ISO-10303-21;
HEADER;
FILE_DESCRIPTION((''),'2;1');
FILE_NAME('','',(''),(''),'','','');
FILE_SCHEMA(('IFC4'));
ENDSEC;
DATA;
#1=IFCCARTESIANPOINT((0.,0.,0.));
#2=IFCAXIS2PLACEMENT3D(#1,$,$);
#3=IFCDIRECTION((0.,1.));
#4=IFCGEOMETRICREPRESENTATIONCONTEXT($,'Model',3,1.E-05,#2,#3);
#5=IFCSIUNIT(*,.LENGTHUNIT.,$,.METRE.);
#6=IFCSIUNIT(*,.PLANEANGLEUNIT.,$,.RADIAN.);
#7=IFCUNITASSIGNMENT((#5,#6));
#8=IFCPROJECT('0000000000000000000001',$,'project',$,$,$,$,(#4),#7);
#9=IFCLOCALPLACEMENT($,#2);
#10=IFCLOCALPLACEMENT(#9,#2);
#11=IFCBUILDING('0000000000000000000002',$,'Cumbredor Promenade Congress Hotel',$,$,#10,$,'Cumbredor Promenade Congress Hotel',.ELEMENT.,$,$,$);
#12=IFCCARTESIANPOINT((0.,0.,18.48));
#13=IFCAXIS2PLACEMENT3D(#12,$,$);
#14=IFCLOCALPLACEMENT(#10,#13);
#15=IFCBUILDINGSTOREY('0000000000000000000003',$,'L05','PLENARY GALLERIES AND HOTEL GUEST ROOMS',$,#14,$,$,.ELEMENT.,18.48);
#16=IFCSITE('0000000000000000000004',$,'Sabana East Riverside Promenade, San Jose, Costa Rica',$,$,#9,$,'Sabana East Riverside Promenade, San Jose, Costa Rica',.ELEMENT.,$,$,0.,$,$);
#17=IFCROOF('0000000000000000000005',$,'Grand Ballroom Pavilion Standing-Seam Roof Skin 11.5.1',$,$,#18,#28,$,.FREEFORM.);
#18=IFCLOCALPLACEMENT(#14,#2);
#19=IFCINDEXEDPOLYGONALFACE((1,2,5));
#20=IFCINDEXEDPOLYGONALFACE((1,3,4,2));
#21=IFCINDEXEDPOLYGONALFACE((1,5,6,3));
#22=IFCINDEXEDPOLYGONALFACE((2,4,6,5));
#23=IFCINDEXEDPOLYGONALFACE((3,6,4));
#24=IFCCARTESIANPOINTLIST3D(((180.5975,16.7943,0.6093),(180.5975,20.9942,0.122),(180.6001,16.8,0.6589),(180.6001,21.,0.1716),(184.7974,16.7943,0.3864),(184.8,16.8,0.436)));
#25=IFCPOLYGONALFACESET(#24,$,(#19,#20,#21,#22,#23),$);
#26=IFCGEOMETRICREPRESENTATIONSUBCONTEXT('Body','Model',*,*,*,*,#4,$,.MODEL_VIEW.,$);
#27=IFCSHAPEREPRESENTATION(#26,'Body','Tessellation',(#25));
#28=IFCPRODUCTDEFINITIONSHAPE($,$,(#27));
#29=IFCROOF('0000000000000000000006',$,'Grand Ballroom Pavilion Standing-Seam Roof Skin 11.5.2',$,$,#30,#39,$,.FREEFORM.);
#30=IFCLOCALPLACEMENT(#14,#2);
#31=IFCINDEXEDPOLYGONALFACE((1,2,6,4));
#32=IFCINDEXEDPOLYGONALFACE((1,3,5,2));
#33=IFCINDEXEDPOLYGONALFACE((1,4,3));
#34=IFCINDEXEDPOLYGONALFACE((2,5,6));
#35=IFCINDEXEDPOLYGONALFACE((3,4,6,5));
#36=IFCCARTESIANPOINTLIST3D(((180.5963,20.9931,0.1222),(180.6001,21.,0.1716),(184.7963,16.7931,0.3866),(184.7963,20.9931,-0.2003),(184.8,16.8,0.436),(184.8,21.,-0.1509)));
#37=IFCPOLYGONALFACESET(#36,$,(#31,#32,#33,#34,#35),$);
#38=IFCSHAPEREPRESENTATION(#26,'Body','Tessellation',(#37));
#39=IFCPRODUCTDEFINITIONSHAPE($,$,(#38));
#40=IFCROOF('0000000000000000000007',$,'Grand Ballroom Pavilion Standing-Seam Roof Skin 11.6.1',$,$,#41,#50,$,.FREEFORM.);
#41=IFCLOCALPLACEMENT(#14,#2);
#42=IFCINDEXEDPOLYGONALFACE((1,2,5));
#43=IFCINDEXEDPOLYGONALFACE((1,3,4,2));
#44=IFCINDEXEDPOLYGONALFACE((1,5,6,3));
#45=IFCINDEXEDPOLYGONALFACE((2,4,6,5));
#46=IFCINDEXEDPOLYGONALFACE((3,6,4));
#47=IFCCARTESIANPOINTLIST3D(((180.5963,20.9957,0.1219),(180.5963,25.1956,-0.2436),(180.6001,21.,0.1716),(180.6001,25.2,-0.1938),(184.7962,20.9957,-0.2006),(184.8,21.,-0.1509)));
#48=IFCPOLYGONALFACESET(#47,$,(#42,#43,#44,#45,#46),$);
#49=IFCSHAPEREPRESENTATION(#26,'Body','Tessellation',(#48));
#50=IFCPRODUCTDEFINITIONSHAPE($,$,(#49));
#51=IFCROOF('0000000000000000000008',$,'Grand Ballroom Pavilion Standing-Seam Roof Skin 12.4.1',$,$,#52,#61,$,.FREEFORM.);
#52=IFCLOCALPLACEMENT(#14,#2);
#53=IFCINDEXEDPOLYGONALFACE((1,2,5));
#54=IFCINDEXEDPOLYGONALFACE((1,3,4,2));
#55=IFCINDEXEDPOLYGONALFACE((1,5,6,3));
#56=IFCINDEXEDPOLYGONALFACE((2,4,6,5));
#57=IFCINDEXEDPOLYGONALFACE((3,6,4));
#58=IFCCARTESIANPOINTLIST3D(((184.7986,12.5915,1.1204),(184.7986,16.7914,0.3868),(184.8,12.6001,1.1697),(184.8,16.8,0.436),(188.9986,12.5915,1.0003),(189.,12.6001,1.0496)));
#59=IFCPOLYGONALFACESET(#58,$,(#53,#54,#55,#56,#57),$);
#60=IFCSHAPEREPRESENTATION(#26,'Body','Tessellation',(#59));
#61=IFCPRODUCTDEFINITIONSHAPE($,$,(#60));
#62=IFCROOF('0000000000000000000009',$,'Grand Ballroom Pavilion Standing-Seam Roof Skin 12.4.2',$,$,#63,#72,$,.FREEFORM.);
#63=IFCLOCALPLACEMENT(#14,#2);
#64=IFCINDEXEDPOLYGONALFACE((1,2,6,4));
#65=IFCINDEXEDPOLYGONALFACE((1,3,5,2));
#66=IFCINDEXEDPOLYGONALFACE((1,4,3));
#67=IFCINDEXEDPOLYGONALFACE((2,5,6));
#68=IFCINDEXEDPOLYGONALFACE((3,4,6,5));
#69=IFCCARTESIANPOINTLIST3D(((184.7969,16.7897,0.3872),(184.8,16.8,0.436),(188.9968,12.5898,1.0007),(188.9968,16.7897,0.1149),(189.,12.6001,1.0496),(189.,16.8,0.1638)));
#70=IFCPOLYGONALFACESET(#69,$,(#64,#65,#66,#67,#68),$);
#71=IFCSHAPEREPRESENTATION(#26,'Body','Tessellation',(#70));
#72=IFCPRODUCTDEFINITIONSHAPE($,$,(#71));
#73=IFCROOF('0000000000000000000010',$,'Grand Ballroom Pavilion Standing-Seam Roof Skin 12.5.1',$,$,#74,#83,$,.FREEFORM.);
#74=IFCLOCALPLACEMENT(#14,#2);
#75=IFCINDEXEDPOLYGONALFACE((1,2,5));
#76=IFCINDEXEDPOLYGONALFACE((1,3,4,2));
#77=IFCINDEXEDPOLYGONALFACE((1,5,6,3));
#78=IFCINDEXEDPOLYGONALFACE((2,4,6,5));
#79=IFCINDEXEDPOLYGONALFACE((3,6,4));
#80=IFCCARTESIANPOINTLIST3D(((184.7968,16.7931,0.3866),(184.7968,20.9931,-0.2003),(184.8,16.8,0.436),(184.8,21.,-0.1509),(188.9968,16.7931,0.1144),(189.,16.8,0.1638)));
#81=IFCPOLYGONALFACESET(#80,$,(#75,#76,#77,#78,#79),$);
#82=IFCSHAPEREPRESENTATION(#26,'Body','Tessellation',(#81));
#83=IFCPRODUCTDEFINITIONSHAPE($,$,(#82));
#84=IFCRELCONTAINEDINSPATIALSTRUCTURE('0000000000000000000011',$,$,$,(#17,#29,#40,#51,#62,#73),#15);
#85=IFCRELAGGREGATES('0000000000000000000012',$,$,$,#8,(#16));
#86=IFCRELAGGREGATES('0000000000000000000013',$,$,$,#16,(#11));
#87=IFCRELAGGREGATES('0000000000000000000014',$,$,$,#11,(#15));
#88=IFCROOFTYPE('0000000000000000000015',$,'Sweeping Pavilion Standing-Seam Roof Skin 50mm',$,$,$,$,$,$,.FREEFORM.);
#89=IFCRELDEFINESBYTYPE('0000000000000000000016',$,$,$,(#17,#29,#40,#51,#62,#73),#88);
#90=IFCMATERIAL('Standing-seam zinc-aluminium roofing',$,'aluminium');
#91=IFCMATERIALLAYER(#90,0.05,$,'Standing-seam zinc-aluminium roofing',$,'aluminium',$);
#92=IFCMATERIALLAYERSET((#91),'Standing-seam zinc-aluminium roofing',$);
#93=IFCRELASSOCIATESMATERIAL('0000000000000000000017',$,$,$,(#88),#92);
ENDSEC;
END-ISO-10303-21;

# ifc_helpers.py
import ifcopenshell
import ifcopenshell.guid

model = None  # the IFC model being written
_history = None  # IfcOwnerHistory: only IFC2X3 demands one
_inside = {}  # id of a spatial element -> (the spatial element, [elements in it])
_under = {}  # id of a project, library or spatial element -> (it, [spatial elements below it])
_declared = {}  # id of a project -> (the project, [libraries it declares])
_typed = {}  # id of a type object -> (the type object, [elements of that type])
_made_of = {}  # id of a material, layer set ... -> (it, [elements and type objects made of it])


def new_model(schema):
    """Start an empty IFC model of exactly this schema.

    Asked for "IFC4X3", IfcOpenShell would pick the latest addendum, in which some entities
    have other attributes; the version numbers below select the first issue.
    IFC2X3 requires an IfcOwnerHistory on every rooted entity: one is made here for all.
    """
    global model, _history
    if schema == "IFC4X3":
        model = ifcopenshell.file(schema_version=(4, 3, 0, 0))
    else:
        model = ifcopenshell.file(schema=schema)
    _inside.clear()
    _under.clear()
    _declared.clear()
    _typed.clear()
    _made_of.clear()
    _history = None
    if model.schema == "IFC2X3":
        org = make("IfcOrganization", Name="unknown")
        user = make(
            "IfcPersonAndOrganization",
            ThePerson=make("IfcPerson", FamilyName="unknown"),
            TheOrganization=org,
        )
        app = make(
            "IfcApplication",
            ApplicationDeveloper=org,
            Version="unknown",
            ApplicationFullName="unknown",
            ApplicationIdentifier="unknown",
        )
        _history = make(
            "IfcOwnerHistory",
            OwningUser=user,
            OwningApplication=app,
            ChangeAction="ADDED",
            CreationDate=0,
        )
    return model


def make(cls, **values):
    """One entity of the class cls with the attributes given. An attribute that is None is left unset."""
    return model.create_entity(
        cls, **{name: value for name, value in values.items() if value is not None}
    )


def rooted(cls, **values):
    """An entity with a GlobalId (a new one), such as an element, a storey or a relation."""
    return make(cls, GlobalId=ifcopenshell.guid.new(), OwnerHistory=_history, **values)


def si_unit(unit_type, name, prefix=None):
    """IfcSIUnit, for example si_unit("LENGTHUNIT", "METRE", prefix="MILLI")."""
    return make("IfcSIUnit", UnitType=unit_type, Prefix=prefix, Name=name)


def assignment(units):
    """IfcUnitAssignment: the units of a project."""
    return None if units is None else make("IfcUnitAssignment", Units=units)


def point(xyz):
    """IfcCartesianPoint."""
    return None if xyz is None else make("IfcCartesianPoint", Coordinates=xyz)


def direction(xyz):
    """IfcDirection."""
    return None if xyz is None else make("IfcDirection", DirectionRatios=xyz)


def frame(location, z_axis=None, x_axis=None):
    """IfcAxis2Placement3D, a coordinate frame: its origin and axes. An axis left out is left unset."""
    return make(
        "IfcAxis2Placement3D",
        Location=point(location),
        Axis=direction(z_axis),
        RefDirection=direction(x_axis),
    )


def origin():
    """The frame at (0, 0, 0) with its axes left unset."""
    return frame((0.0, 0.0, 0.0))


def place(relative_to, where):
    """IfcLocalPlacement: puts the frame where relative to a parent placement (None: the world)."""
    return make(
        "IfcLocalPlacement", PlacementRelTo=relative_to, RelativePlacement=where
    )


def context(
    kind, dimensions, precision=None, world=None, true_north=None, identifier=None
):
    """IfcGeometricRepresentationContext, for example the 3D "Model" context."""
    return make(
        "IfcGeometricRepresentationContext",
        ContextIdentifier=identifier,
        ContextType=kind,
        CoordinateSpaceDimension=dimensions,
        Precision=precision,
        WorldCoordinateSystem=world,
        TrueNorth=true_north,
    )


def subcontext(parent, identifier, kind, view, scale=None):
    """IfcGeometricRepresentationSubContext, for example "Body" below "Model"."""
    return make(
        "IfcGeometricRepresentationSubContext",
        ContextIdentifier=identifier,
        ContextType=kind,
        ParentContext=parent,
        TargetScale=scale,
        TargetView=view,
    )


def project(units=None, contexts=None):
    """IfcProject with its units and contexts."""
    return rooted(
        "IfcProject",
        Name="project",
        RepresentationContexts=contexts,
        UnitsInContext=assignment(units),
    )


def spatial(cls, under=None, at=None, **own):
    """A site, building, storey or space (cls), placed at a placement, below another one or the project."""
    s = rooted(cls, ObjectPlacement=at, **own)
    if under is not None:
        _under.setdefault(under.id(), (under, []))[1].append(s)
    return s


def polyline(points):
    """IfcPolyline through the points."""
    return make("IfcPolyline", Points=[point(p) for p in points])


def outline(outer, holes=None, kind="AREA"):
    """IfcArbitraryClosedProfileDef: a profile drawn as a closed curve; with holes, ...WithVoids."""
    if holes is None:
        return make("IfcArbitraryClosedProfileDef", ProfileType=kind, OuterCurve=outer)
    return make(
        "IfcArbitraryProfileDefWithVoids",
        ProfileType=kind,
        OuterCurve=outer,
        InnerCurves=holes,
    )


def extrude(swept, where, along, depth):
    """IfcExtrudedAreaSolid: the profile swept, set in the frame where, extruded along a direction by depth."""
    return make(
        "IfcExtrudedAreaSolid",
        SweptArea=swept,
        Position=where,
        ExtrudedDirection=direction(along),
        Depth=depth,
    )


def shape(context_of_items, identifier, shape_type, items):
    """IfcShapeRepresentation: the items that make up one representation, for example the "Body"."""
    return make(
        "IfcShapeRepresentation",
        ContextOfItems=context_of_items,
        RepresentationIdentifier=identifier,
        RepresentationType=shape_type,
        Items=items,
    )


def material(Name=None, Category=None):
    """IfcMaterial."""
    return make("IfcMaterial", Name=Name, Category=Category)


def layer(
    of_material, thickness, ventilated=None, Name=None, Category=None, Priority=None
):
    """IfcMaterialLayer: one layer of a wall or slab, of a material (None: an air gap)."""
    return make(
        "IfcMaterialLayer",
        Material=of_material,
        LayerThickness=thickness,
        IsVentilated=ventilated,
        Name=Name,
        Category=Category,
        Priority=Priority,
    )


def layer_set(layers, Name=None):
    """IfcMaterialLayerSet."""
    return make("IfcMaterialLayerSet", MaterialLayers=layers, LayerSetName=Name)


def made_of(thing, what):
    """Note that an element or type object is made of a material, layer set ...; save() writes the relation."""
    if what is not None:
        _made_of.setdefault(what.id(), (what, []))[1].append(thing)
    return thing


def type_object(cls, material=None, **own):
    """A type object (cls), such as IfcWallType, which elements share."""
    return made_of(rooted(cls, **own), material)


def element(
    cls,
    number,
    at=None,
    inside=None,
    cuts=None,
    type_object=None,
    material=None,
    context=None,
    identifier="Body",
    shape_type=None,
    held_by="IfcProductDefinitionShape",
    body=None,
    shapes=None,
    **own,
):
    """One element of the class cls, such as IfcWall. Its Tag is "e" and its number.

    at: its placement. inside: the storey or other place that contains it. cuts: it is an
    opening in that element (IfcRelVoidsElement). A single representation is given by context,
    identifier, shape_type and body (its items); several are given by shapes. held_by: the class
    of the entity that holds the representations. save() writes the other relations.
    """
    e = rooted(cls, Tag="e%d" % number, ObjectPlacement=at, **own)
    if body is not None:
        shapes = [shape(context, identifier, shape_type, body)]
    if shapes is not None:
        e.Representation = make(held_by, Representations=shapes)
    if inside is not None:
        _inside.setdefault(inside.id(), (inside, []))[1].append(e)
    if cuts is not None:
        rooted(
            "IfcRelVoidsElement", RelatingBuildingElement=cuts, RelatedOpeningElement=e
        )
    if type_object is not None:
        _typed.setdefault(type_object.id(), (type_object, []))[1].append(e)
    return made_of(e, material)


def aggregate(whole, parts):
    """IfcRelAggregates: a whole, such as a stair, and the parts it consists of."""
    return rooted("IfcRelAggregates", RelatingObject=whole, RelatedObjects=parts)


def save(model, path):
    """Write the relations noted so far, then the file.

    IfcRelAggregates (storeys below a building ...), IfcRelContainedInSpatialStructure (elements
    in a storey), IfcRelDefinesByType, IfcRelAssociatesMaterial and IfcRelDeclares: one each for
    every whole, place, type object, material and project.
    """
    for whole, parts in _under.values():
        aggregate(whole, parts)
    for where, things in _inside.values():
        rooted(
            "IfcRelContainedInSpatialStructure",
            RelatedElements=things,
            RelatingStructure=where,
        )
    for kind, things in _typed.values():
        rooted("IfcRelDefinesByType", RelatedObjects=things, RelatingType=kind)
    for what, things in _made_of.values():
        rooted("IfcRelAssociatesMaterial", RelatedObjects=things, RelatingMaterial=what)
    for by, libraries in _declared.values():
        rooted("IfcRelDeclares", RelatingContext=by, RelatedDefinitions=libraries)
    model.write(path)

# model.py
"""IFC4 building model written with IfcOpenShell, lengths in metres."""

from ifc_helpers import new_model, si_unit, direction, frame, origin, place, context, subcontext, project, spatial, polyline, outline, extrude, material, layer, layer_set, type_object, element, save


model = new_model("IFC4")

# Units and contexts
model_context = context("Model", 3, precision=1e-05, world=origin(), true_north=direction((0.0, 1.0)))
body_context = subcontext(model_context, "Body", "Model", "MODEL_VIEW")
ifc_project = project(units=[si_unit("LENGTHUNIT", "METRE"), si_unit("PLANEANGLEUNIT", "RADIAN")], contexts=[model_context])

# Site, building, storey
site_placement = place(None, origin())
site = spatial("IfcSite", under=ifc_project, at=site_placement, Name="Sabana East Riverside Promenade, San Jose, Costa Rica", LongName="Sabana East Riverside Promenade, San Jose, Costa Rica", CompositionType="ELEMENT", RefElevation=0.0)
building_placement = place(site_placement, origin())
building = spatial("IfcBuilding", under=site, at=building_placement, Name="Cumbredor Promenade Congress Hotel", LongName="Cumbredor Promenade Congress Hotel", CompositionType="ELEMENT")
storey_placement = place(building_placement, frame((0.0, 0.0, 18.48)))
storey = spatial("IfcBuildingStorey", under=building, at=storey_placement, Name="L05", Description="PLENARY GALLERIES AND HOTEL GUEST ROOMS", CompositionType="ELEMENT", Elevation=18.48)

# Roofs
ifc_material_1 = material(Name="Standing-seam zinc-aluminium roofing", Category="aluminium")
ifc_layer_1 = layer(ifc_material_1, 0.05, Name="Standing-seam zinc-aluminium roofing", Category="aluminium")
ifc_layer_set_1 = layer_set([ifc_layer_1], Name="Standing-seam zinc-aluminium roofing")
roof_type = type_object("IfcRoofType", Name="Sweeping Pavilion Standing-Seam Roof Skin 50mm", PredefinedType="FREEFORM", material=ifc_layer_set_1)
roof_1_placement = place(storey_placement, frame((180.6001, 16.8, 0.6589), z_axis=(0.052645, 0.115093, 0.991959), x_axis=(0.998595, 0.0, -0.052998)))
element("IfcRoof", 1, at=roof_1_placement, inside=storey, type_object=roof_type, Name="Grand Ballroom Pavilion Standing-Seam Roof Skin 11.5.1", PredefinedType="FREEFORM", context=body_context, shape_type="SweptSolid", body=[
    extrude(outline(polyline([(0.0, 0.0), (4.2059, 0.0), (0.0258, 4.228), (0.0, 0.0)])), origin(), (0.0, 0.0, -1.0), 0.05),
])
roof_2_placement = place(storey_placement, frame((184.8, 16.8, 0.436), z_axis=(0.075831, 0.138, 0.987525), x_axis=(0.0, 0.990377, -0.138398)))
element("IfcRoof", 2, at=roof_2_placement, inside=storey, type_object=roof_type, Name="Grand Ballroom Pavilion Standing-Seam Roof Skin 11.5.2", PredefinedType="FREEFORM", context=body_context, shape_type="SweptSolid", body=[
    extrude(outline(polyline([(0.0, 0.0), (4.2408, 0.0), (4.1961, 4.2121), (0.0, 0.0)])), origin(), (0.0, 0.0, -1.0), 0.05),
])
roof_3_placement = place(storey_placement, frame((180.6001, 21.0, 0.1716), z_axis=(0.076277, 0.08644, 0.993333), x_axis=(0.997065, 0.0, -0.076564)))
element("IfcRoof", 3, at=roof_3_placement, inside=storey, type_object=roof_type, Name="Grand Ballroom Pavilion Standing-Seam Roof Skin 11.6.1", PredefinedType="FREEFORM", context=body_context, shape_type="SweptSolid", body=[
    extrude(outline(polyline([(0.0, 0.0), (4.2123, 0.0), (0.028, 4.2157), (0.0, 0.0)])), origin(), (0.0, 0.0, -1.0), 0.05),
])
roof_4_placement = place(storey_placement, frame((184.8, 12.6001, 1.1697), z_axis=(0.028162, 0.172005, 0.984693), x_axis=(0.999591, 0.0, -0.028588)))
element("IfcRoof", 4, at=roof_4_placement, inside=storey, type_object=roof_type, Name="Grand Ballroom Pavilion Standing-Seam Roof Skin 12.4.1", PredefinedType="FREEFORM", context=body_context, shape_type="SweptSolid", body=[
    extrude(outline(polyline([(0.0, 0.0), (4.2017, 0.0), (0.021, 4.2635), (0.0, 0.0)])), origin(), (0.0, 0.0, -1.0), 0.05),
])
roof_5_placement = place(storey_placement, frame((189.0, 12.6001, 1.0496), z_axis=(0.063292, 0.205941, 0.976516), x_axis=(0.0, 0.978477, -0.206354)))
element("IfcRoof", 5, at=roof_5_placement, inside=storey, type_object=roof_type, Name="Grand Ballroom Pavilion Standing-Seam Roof Skin 12.4.2", PredefinedType="FREEFORM", context=body_context, shape_type="SweptSolid", body=[
    extrude(outline(polyline([(0.0, 0.0), (4.2923, 0.0), (4.2362, 4.2084), (0.0, 0.0)])), origin(), (0.0, 0.0, -1.0), 0.05),
])
roof_6_placement = place(storey_placement, frame((184.8, 16.8, 0.436), z_axis=(0.064059, 0.138114, 0.988343), x_axis=(0.997906, 0.0, -0.064679)))
element("IfcRoof", 6, at=roof_6_placement, inside=storey, type_object=roof_type, Name="Grand Ballroom Pavilion Standing-Seam Roof Skin 12.5.1", PredefinedType="FREEFORM", context=body_context, shape_type="SweptSolid", body=[
    extrude(outline(polyline([(0.0, 0.0), (4.2088, 0.0), (0.038, 4.2406), (0.0, 0.0)])), origin(), (0.0, 0.0, -1.0), 0.05),
])

save(model, "model.ifc")
